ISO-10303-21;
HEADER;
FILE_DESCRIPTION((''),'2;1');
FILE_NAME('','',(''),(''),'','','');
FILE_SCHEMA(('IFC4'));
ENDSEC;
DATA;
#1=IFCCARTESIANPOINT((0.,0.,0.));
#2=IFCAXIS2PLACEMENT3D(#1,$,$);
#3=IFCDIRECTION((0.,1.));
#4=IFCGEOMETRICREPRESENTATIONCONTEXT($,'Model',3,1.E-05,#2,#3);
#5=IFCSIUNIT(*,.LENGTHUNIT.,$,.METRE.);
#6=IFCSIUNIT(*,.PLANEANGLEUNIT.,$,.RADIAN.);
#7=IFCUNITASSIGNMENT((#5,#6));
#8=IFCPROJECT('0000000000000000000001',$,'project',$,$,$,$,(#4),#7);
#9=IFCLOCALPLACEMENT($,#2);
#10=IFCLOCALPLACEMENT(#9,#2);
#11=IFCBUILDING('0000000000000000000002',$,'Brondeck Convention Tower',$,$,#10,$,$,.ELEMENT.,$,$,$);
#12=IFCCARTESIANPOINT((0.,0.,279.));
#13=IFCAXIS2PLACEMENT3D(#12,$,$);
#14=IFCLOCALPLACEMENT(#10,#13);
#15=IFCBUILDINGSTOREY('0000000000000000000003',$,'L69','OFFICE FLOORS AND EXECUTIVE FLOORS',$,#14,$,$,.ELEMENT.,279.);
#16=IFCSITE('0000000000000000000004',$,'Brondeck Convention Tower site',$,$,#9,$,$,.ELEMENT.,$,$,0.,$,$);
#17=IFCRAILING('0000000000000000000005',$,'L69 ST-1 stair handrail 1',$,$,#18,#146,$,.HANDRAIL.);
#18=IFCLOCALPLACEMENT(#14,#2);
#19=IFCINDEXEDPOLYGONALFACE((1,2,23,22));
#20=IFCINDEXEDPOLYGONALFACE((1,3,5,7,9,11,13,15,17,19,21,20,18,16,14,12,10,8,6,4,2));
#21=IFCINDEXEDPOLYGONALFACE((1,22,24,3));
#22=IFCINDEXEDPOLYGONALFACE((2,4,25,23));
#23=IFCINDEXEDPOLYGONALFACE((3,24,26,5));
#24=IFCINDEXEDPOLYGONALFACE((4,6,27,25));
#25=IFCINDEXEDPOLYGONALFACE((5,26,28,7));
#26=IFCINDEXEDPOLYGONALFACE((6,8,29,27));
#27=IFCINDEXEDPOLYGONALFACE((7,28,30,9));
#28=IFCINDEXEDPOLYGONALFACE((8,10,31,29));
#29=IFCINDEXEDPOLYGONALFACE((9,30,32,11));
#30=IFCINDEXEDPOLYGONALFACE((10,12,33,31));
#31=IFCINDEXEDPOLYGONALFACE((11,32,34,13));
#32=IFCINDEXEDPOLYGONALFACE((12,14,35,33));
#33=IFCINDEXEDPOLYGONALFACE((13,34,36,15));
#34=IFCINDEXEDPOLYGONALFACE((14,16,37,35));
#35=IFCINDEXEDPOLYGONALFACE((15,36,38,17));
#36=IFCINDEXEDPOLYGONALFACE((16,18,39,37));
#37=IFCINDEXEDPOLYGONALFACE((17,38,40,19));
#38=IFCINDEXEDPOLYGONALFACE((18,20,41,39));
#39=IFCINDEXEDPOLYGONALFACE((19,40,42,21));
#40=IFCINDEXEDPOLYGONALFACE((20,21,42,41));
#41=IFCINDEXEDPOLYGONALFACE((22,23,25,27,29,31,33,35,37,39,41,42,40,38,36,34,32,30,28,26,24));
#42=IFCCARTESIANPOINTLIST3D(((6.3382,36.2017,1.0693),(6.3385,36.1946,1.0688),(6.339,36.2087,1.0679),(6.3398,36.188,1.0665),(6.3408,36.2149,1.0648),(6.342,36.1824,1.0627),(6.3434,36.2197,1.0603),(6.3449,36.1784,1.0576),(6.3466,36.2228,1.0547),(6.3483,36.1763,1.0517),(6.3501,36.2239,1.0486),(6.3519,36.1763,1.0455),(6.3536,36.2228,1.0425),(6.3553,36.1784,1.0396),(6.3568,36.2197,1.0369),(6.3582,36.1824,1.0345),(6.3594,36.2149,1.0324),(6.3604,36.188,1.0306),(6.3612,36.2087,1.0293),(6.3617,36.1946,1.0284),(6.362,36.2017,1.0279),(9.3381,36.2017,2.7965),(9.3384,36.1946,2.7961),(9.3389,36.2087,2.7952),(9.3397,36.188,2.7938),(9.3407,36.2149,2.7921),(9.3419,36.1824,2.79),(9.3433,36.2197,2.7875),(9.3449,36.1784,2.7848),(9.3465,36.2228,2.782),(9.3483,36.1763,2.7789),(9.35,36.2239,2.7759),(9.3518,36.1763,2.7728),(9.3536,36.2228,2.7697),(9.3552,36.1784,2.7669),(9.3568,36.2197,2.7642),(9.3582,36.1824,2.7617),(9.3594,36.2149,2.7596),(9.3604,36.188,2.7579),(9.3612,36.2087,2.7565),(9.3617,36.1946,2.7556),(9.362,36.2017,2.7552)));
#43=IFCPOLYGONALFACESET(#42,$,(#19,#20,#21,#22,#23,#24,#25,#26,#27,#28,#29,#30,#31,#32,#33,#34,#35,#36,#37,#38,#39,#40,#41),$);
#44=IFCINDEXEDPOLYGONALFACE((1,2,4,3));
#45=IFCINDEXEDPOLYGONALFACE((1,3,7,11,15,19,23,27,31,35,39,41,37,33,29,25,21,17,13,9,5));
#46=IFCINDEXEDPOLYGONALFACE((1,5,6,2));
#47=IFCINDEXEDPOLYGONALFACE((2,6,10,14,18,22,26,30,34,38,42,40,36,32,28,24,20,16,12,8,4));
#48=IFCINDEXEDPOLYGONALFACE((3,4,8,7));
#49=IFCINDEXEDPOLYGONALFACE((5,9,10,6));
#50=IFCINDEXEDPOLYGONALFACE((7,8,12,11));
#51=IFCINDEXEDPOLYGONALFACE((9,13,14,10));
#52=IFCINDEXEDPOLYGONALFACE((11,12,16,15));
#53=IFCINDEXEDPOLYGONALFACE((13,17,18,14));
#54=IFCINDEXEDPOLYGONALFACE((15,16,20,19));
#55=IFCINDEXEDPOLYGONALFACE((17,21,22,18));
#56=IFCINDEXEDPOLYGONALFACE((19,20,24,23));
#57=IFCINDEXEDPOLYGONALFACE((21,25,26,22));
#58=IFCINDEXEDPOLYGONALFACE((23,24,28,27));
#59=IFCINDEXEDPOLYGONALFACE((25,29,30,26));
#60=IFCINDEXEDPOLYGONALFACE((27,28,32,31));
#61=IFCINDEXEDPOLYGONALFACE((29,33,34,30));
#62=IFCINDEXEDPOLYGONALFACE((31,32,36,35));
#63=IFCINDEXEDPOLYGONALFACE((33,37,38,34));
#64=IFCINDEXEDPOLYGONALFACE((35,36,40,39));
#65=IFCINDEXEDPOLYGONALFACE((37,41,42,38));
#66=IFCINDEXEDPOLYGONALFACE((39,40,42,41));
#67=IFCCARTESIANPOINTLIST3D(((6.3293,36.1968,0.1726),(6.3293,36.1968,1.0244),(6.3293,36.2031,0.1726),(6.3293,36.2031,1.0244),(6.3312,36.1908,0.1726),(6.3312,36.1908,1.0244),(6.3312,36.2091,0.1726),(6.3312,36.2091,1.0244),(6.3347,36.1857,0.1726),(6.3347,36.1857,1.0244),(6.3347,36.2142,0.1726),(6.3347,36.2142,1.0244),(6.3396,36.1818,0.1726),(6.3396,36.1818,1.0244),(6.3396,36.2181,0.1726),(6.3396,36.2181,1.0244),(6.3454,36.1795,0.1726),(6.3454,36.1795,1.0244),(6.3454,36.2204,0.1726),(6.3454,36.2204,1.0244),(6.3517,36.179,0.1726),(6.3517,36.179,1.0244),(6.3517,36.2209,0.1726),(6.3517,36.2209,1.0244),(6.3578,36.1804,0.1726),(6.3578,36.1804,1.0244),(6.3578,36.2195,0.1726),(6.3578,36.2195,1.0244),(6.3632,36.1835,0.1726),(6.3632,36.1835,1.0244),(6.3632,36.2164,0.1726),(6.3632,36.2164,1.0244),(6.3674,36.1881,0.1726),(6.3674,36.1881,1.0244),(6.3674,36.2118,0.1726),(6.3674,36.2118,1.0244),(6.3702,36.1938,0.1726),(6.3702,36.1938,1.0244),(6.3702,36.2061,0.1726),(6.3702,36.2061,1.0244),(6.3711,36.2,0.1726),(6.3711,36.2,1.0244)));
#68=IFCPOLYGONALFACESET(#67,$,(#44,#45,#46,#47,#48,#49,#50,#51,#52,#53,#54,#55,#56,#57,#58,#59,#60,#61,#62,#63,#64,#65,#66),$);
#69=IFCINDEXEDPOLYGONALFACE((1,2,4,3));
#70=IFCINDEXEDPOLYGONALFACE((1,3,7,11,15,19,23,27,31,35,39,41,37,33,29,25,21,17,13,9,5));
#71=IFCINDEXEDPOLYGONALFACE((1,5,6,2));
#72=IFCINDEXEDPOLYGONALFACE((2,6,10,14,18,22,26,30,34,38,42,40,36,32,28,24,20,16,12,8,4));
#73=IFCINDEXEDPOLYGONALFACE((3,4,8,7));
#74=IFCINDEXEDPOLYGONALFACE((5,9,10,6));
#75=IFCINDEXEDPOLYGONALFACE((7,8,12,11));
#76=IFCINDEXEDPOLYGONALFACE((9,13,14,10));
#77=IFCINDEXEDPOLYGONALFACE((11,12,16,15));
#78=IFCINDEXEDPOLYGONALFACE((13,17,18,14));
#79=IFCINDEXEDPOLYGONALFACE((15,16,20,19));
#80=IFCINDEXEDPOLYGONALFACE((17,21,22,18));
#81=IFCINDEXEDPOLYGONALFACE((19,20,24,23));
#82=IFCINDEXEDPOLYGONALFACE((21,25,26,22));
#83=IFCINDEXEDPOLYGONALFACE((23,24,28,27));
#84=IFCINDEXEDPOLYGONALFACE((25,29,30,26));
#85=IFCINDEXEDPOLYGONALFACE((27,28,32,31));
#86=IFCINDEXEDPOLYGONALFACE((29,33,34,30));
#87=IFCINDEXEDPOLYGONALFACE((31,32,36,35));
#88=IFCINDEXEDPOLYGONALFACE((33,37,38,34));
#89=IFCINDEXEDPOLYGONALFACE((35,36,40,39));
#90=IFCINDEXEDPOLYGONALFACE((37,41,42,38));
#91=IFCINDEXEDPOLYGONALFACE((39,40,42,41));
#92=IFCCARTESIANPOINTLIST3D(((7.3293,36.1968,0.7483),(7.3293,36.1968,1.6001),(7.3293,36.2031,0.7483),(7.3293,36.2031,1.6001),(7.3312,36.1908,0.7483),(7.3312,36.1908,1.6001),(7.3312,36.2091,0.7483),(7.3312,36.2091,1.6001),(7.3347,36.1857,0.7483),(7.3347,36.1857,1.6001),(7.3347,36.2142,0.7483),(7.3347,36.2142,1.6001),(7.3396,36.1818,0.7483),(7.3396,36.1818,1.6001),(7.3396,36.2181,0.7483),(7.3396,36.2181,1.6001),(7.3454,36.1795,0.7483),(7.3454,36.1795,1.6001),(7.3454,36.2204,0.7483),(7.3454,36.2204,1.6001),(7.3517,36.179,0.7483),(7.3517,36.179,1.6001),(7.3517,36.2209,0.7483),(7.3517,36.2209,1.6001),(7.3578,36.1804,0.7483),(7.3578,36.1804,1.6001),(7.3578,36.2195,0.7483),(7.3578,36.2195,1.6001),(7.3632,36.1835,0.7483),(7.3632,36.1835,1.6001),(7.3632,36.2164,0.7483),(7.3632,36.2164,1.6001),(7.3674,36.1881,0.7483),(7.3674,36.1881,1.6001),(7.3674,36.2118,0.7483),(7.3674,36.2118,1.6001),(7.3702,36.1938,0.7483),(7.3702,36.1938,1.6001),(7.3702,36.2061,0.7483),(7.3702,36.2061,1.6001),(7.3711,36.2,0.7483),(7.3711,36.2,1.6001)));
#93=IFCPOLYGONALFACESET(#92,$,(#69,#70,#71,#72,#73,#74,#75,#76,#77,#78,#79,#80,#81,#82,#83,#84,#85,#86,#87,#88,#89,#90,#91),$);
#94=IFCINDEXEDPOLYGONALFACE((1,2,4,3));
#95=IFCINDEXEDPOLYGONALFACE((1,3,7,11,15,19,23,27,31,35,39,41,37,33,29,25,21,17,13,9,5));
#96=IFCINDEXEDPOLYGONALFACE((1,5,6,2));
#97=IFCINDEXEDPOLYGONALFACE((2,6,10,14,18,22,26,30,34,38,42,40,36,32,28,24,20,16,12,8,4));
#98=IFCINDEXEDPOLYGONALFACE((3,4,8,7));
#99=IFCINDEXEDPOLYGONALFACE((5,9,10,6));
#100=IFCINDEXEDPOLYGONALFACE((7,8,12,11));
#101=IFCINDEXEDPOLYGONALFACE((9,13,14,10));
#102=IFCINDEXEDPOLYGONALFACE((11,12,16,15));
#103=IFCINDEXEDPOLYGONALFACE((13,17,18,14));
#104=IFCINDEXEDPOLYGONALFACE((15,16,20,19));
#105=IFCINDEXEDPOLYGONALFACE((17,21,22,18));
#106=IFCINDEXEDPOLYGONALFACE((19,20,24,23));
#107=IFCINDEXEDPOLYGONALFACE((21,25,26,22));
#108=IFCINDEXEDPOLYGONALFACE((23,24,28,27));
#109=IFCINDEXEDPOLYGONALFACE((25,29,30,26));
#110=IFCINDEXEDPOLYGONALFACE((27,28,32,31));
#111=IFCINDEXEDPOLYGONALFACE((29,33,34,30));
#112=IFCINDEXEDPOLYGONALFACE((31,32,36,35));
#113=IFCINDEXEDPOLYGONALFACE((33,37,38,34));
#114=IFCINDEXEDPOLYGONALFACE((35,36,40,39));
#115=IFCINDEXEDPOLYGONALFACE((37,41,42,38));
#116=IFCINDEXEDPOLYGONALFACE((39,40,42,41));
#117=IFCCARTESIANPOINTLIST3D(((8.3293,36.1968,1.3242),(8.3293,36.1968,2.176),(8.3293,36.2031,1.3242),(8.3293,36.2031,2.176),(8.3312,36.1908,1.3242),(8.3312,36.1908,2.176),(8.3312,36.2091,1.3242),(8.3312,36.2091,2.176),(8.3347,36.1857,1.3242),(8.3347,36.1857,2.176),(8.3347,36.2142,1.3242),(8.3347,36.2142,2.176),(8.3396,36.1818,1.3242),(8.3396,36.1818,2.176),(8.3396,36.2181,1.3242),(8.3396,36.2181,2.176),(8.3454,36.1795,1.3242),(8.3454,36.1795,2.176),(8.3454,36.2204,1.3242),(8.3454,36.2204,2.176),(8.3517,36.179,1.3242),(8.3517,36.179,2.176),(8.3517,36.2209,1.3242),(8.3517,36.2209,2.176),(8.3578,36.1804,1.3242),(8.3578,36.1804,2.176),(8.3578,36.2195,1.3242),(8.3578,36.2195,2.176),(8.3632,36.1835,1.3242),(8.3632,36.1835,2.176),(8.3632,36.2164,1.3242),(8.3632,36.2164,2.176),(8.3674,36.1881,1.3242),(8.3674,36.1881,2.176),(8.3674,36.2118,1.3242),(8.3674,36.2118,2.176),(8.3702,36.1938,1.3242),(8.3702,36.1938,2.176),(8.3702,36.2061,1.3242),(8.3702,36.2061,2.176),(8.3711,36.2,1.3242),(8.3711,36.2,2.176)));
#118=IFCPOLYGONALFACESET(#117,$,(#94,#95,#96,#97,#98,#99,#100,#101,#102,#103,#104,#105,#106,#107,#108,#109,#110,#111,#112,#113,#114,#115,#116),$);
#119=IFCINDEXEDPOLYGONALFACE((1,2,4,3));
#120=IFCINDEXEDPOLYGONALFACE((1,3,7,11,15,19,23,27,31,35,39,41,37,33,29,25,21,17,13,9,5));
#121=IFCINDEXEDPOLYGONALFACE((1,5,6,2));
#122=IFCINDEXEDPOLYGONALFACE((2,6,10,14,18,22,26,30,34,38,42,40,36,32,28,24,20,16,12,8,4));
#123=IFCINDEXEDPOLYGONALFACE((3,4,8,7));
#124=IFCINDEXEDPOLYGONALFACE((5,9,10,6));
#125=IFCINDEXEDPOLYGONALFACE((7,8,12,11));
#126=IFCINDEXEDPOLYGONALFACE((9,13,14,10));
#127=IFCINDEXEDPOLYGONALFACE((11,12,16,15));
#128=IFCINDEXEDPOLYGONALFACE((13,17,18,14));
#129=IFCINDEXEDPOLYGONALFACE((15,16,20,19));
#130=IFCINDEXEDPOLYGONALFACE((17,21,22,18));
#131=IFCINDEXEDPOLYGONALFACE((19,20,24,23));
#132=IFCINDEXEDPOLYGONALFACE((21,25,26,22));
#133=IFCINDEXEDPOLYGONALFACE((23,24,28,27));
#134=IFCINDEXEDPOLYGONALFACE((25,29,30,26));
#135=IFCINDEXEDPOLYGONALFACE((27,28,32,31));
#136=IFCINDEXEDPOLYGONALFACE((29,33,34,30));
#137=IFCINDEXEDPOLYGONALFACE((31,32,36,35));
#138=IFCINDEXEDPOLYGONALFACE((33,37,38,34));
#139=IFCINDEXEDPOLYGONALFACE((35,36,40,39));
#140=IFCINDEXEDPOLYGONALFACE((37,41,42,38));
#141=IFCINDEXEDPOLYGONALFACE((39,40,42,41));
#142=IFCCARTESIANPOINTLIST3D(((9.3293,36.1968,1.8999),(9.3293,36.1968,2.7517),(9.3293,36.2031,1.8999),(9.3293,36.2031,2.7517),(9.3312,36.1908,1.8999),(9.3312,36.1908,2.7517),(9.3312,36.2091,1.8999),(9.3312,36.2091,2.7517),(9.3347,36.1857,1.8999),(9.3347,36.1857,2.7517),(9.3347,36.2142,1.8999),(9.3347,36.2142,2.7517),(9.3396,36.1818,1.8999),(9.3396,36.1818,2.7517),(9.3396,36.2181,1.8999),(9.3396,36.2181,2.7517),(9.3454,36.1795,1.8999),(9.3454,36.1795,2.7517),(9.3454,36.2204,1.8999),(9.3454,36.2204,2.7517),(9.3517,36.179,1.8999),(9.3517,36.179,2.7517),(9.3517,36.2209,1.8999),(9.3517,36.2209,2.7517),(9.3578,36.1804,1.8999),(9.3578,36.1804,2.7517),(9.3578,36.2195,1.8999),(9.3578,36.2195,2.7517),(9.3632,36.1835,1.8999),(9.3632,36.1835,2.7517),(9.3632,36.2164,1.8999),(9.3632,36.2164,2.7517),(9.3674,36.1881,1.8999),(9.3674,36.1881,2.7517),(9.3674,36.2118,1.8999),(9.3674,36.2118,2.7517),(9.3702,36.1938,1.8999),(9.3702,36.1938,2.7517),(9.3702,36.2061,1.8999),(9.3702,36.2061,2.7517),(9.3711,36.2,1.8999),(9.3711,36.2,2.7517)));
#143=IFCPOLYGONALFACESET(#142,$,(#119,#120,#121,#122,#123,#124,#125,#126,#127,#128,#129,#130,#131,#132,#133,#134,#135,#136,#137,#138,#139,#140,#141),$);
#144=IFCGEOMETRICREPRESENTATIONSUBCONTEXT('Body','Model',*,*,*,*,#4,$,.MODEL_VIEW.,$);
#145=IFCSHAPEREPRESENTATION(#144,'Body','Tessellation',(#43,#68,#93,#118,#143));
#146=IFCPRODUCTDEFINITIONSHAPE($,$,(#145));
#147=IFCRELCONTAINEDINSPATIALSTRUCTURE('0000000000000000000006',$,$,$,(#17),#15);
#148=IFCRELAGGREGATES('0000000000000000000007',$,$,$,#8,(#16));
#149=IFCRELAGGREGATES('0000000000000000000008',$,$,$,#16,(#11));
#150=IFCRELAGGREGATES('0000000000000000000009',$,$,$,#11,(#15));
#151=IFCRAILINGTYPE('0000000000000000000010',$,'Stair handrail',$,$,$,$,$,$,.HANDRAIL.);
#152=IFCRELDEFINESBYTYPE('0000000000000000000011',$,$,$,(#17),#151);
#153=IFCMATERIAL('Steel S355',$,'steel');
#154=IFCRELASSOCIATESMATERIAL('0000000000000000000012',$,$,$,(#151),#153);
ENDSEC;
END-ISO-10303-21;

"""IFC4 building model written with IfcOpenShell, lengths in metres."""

from ifc_helpers import new_model, si_unit, direction, frame, origin, origin_2d, place, context, subcontext, project, spatial, circle, extrude, material, type_object, element, save


model = new_model("IFC4")

# Units and contexts
model_context = context("Model", 3, precision=1e-05, world=origin(), true_north=direction((0.0, 1.0)))
body_context = subcontext(model_context, "Body", "Model", "MODEL_VIEW")
ifc_project = project(units=[si_unit("LENGTHUNIT", "METRE"), si_unit("PLANEANGLEUNIT", "RADIAN")], contexts=[model_context])

# Site, building, storey
site_placement = place(None, origin())
site = spatial("IfcSite", under=ifc_project, at=site_placement, Name="Brondeck Convention Tower site", CompositionType="ELEMENT", RefElevation=0.0)
building_placement = place(site_placement, origin())
building = spatial("IfcBuilding", under=site, at=building_placement, Name="Brondeck Convention Tower", CompositionType="ELEMENT")
storey_placement = place(building_placement, frame((0.0, 0.0, 279.0)))
storey = spatial("IfcBuildingStorey", under=building, at=storey_placement, Name="L69", Description="OFFICE FLOORS AND EXECUTIVE FLOORS", CompositionType="ELEMENT", Elevation=279.0)

# Shared definitions
ifc_material_1 = material(Name="Steel S355", Category="steel")

# Railing
railing_type_1 = type_object("IfcRailingType", Name="Stair handrail", PredefinedType="HANDRAIL", material=ifc_material_1)
railing_1_placement = place(storey_placement, frame((6.3501, 36.2, 0.1726)))
element("IfcRailing", 1, at=railing_1_placement, inside=storey, type_object=railing_type_1, Name="L69 ST-1 stair handrail 1", PredefinedType="HANDRAIL", context=body_context, shape_type="SweptSolid", body=[
    extrude(circle(Radius=0.0239, at=origin_2d()), frame((0.0, 0.0, 0.876), z_axis=(0.86662, 0.0, 0.498969), x_axis=(0.0, 1.0, 0.0)), (0.0, 0.0, 1.0), 3.4617),
    extrude(circle(Radius=0.021, at=origin_2d()), origin(), (0.0, 0.0, 1.0), 0.8518),
    extrude(circle(Radius=0.021, at=origin_2d()), frame((1.0, 0.0, 0.5757)), (0.0, 0.0, 1.0), 0.8518),
    extrude(circle(Radius=0.021, at=origin_2d()), frame((2.0, 0.0, 1.1516)), (0.0, 0.0, 1.0), 0.8518),
    extrude(circle(Radius=0.021, at=origin_2d()), frame((3.0, 0.0, 1.7273)), (0.0, 0.0, 1.0), 0.8518),
])

save(model, "model.ifc")
